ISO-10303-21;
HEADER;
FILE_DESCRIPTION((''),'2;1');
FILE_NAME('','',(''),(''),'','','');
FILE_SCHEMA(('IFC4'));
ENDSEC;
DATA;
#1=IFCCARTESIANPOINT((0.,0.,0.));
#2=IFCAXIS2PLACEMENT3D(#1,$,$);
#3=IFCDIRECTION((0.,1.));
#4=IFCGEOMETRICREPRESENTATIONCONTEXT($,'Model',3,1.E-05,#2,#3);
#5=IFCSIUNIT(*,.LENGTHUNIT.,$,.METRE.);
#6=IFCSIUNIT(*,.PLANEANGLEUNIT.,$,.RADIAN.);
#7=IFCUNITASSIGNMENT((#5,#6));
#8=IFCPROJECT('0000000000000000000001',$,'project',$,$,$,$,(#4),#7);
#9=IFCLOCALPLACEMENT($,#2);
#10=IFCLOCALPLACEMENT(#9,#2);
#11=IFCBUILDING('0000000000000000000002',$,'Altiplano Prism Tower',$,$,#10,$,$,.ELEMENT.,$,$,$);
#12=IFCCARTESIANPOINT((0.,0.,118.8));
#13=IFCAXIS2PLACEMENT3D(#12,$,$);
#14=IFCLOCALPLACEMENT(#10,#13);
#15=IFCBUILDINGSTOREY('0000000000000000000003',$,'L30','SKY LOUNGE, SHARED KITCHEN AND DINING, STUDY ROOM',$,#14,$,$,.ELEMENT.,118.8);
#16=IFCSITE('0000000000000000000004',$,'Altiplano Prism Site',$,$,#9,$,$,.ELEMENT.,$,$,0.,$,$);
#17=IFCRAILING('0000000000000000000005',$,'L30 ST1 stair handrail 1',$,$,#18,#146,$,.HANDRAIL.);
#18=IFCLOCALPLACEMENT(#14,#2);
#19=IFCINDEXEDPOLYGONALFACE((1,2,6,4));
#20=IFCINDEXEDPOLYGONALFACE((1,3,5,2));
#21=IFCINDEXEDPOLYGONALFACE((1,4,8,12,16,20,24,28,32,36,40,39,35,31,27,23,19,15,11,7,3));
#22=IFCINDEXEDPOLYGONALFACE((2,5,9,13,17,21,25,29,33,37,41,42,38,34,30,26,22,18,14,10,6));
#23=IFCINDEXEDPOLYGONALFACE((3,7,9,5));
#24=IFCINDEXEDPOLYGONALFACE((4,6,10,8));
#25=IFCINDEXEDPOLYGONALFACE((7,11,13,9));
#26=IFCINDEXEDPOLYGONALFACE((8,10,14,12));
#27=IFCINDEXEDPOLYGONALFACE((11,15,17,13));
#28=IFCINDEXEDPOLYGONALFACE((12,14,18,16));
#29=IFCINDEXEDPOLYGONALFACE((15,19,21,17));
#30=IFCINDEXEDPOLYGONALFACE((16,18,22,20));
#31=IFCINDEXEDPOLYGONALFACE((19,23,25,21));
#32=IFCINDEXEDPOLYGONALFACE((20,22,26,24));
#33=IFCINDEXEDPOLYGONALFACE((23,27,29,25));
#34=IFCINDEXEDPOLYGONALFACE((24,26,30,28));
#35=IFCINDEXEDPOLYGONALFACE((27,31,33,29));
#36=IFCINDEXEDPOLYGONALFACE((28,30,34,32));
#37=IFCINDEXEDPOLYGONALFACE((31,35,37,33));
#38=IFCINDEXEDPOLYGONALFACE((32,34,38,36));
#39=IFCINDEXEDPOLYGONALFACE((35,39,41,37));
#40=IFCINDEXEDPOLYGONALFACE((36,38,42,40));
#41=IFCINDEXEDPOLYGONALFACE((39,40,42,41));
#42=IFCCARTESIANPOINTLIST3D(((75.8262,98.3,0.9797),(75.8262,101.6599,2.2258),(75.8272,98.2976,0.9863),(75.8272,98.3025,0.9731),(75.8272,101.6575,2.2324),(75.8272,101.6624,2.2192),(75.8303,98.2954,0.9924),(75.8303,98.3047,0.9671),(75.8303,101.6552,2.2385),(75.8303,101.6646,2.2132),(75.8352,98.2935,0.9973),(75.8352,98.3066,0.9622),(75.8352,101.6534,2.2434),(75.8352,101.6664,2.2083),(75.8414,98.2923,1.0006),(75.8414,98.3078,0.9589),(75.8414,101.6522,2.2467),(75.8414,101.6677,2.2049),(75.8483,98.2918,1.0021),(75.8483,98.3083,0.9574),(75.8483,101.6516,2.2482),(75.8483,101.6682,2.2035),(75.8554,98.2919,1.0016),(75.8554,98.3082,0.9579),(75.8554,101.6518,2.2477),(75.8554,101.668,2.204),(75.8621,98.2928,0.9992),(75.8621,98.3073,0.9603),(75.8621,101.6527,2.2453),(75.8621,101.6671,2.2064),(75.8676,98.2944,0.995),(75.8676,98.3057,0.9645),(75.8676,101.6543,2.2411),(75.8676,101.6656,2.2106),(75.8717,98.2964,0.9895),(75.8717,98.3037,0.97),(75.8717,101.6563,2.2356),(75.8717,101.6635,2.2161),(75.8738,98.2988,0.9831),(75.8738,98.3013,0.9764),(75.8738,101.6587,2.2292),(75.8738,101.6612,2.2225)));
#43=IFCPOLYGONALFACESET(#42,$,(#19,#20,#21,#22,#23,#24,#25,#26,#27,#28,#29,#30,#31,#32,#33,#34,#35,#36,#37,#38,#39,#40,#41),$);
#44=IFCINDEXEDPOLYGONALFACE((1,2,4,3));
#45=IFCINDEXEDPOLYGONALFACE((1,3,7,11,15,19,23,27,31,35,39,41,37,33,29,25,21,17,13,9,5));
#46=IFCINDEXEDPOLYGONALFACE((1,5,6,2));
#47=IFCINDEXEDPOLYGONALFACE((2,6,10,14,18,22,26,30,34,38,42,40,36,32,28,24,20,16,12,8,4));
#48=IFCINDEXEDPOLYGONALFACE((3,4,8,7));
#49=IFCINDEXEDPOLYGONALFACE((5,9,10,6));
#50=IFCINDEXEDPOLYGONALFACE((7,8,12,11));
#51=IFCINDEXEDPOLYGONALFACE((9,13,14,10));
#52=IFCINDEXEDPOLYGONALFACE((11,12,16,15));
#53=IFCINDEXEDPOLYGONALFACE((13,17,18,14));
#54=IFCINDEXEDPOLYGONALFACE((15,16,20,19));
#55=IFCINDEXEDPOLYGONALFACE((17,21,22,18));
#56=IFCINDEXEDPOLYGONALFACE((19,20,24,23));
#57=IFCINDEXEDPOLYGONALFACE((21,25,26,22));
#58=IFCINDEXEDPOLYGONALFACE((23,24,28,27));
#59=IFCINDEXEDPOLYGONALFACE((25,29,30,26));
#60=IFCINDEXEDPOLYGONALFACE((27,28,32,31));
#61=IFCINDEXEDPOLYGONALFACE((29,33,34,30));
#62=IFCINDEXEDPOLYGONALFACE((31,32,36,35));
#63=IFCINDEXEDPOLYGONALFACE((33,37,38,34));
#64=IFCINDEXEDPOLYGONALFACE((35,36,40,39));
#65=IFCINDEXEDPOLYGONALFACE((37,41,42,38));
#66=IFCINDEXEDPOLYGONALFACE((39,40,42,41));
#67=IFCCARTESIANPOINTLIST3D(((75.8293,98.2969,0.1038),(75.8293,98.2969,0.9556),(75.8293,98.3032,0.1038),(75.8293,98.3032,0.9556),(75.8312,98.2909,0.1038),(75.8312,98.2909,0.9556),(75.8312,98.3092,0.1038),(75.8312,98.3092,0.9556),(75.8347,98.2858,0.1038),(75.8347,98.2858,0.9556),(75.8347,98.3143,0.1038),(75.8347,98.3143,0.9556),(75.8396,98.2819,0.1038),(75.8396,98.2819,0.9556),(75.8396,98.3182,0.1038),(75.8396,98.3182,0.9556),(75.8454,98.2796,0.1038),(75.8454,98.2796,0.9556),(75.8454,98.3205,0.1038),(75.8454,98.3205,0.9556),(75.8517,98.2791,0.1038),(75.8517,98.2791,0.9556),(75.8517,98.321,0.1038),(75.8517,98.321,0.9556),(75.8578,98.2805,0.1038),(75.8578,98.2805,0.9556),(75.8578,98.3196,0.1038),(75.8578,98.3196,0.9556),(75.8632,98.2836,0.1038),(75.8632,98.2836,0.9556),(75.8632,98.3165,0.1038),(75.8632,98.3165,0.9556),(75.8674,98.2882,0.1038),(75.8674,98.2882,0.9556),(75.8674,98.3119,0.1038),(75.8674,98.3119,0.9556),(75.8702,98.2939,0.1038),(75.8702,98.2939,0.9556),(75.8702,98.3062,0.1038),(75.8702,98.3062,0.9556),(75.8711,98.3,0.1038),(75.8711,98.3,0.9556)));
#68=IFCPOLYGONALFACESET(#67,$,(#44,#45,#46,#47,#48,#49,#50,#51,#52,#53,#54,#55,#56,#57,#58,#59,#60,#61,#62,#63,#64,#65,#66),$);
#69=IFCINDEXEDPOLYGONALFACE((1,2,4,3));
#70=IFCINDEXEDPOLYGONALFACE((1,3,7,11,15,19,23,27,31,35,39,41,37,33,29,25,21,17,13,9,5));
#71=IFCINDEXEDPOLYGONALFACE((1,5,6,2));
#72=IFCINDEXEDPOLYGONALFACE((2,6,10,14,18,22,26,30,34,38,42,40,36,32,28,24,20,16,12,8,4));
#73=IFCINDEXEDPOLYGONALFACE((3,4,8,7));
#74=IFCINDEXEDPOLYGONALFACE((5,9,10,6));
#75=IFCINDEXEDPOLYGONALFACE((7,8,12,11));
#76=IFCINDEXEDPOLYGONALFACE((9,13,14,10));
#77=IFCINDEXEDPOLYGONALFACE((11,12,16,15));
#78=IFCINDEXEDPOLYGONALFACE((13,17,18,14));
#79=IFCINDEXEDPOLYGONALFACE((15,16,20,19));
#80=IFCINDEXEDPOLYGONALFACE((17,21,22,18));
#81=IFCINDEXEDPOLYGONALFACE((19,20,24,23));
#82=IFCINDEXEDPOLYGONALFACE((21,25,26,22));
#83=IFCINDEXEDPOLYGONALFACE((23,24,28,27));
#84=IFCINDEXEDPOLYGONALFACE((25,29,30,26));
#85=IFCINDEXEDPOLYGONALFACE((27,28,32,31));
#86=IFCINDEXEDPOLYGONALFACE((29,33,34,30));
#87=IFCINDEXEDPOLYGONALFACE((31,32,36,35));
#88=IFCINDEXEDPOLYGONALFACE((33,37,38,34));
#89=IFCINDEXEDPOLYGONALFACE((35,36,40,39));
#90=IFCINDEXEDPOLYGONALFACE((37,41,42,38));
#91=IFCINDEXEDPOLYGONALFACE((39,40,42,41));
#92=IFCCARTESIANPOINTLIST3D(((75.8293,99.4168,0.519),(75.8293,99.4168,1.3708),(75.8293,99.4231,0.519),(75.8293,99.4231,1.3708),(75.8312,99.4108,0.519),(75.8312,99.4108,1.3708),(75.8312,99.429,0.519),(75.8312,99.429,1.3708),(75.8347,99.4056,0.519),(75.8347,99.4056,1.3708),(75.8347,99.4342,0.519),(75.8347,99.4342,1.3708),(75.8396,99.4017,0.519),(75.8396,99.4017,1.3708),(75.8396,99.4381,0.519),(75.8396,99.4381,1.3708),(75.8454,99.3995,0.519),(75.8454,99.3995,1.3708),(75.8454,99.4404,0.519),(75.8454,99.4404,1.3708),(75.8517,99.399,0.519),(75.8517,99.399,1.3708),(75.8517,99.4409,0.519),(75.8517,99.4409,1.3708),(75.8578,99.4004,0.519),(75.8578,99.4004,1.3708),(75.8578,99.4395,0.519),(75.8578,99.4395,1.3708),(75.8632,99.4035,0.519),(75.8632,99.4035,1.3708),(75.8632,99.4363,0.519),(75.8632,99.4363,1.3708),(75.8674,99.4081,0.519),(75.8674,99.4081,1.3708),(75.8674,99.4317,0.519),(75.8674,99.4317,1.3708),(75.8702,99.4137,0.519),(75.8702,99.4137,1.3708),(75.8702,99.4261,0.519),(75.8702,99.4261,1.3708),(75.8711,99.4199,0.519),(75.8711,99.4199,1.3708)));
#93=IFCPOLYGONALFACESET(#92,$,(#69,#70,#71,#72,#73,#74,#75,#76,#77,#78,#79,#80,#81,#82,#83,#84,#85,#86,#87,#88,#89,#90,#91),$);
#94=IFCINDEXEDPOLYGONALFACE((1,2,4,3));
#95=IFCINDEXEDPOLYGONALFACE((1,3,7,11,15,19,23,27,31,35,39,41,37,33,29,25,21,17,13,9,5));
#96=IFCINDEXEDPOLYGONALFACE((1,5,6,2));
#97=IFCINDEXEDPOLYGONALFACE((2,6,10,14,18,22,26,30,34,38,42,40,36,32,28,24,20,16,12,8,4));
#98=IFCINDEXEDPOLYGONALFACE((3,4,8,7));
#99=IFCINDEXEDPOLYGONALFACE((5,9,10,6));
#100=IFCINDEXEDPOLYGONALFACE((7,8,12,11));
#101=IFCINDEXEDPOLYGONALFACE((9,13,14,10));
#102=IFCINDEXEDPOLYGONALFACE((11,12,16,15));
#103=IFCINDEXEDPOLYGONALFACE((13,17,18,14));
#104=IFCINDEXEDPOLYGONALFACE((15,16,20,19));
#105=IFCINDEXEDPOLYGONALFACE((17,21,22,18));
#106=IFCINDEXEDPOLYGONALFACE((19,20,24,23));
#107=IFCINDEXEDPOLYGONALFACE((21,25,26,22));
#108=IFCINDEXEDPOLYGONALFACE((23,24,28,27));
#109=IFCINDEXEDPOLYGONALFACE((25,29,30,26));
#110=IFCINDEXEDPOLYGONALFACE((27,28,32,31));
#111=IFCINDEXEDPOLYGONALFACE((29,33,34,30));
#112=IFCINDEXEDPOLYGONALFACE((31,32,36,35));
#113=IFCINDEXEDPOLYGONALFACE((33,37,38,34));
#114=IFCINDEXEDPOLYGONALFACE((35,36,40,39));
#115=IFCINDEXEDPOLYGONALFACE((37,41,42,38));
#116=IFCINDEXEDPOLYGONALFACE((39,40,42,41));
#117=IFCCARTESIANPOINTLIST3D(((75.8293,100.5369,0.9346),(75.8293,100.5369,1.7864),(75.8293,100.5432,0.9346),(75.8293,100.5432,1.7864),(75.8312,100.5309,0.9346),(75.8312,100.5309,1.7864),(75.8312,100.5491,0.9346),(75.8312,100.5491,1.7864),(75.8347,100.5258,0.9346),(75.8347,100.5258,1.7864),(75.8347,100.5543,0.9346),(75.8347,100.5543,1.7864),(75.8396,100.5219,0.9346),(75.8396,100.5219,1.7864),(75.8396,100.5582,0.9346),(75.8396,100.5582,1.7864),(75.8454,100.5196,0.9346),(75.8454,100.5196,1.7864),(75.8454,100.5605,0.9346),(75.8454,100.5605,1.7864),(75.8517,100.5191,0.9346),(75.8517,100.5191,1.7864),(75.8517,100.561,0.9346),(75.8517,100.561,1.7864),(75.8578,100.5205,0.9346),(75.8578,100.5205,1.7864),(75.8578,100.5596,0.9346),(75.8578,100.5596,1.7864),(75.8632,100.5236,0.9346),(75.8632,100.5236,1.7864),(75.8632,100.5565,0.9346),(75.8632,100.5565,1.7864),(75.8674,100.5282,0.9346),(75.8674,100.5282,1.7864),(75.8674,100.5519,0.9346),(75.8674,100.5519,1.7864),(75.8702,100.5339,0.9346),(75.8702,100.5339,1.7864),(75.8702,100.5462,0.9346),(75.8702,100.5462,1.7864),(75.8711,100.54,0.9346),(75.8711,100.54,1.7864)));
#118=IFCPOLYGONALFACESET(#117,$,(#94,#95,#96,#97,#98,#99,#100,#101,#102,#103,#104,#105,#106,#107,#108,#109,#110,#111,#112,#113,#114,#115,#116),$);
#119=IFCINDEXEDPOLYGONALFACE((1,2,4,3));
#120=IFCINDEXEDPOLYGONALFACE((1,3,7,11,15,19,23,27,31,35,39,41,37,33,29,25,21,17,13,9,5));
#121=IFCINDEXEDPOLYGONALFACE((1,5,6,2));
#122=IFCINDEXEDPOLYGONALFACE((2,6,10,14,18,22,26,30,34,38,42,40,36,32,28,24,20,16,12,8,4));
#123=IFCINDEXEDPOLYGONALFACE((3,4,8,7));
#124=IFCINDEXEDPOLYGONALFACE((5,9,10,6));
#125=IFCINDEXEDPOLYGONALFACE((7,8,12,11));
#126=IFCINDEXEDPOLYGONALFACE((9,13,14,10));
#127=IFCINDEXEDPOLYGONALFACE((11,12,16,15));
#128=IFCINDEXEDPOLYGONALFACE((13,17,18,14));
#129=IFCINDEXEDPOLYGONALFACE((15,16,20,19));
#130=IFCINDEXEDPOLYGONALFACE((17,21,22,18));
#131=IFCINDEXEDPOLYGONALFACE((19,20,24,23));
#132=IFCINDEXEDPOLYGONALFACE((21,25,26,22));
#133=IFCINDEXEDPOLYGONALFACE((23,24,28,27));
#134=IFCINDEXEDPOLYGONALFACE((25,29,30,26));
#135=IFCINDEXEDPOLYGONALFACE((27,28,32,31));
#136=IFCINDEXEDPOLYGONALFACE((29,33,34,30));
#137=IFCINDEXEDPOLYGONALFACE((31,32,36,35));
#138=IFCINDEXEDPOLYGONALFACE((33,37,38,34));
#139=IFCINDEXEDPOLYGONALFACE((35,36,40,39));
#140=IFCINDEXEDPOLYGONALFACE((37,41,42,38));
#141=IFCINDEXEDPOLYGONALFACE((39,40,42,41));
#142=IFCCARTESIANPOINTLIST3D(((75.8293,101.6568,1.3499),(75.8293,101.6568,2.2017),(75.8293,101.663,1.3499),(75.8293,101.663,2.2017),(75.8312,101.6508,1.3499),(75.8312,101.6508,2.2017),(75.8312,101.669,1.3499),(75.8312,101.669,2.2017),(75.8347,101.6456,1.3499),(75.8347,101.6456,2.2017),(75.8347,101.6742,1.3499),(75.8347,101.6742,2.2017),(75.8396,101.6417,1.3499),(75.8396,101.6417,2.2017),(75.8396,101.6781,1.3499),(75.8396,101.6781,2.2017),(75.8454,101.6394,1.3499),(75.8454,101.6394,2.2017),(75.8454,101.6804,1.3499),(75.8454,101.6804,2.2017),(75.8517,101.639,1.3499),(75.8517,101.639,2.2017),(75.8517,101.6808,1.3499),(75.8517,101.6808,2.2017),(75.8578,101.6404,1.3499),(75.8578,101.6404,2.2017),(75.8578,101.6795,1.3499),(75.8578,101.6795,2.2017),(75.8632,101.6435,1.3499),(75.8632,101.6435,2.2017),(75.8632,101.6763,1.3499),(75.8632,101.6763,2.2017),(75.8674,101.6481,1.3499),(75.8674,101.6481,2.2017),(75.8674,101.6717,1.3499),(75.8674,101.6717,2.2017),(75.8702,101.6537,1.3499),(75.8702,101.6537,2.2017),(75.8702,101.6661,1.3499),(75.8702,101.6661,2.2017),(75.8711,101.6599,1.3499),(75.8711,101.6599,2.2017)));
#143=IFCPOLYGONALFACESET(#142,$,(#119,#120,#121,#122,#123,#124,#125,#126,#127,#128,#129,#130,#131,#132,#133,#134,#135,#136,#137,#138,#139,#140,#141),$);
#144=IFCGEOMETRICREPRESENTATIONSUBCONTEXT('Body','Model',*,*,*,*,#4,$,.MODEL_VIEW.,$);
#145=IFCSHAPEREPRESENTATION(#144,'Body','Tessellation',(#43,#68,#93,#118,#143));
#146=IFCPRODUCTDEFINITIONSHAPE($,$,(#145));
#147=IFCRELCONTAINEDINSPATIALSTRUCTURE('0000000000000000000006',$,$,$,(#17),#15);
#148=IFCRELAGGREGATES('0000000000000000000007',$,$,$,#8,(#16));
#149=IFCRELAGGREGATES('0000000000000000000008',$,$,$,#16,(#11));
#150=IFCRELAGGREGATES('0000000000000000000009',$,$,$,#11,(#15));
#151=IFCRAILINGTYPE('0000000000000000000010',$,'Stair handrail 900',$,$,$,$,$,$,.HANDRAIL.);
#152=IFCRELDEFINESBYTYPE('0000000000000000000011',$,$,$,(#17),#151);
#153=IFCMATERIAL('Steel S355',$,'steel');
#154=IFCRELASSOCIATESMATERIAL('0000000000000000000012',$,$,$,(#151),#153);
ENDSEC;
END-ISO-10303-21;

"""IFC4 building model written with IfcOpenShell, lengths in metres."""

from ifc_helpers import new_model, si_unit, direction, frame, origin, origin_2d, place, context, subcontext, project, spatial, circle, extrude, material, type_object, element, save


model = new_model("IFC4")

# Units and contexts
model_context = context("Model", 3, precision=1e-05, world=origin(), true_north=direction((0.0, 1.0)))
body_context = subcontext(model_context, "Body", "Model", "MODEL_VIEW")
ifc_project = project(units=[si_unit("LENGTHUNIT", "METRE"), si_unit("PLANEANGLEUNIT", "RADIAN")], contexts=[model_context])

# Site, building, storey
site_placement = place(None, origin())
site = spatial("IfcSite", under=ifc_project, at=site_placement, Name="Altiplano Prism Site", CompositionType="ELEMENT", RefElevation=0.0)
building_placement = place(site_placement, origin())
building = spatial("IfcBuilding", under=site, at=building_placement, Name="Altiplano Prism Tower", CompositionType="ELEMENT")
storey_placement = place(building_placement, frame((0.0, 0.0, 118.8)))
storey = spatial("IfcBuildingStorey", under=building, at=storey_placement, Name="L30", Description="SKY LOUNGE, SHARED KITCHEN AND DINING, STUDY ROOM", CompositionType="ELEMENT", Elevation=118.8)

# Railing
ifc_material_1 = material(Name="Steel S355", Category="steel")
railing_type_1 = type_object("IfcRailingType", Name="Stair handrail 900", PredefinedType="HANDRAIL", material=ifc_material_1)
railing_1_placement = place(storey_placement, frame((75.8501, 98.3, 0.1038)))
element("IfcRailing", 1, at=railing_1_placement, inside=storey, type_object=railing_type_1, Name="L30 ST1 stair handrail 1", PredefinedType="HANDRAIL", context=body_context, shape_type="SweptSolid", body=[
    extrude(circle(Radius=0.0239, at=origin_2d()), frame((0.0, 0.0, 0.876), z_axis=(0.0, 0.937594, 0.347731), x_axis=(-1.0, 0.0, 0.0)), (0.0, 0.0, 1.0), 3.5835),
    extrude(circle(Radius=0.021, at=origin_2d()), origin(), (0.0, 0.0, 1.0), 0.8518),
    extrude(circle(Radius=0.021, at=origin_2d()), frame((0.0, 1.1199, 0.4153)), (0.0, 0.0, 1.0), 0.8518),
    extrude(circle(Radius=0.021, at=origin_2d()), frame((0.0, 2.24, 0.8308)), (0.0, 0.0, 1.0), 0.8518),
    extrude(circle(Radius=0.021, at=origin_2d()), frame((0.0, 3.3599, 1.2461)), (0.0, 0.0, 1.0), 0.8518),
])

save(model, "model.ifc")
